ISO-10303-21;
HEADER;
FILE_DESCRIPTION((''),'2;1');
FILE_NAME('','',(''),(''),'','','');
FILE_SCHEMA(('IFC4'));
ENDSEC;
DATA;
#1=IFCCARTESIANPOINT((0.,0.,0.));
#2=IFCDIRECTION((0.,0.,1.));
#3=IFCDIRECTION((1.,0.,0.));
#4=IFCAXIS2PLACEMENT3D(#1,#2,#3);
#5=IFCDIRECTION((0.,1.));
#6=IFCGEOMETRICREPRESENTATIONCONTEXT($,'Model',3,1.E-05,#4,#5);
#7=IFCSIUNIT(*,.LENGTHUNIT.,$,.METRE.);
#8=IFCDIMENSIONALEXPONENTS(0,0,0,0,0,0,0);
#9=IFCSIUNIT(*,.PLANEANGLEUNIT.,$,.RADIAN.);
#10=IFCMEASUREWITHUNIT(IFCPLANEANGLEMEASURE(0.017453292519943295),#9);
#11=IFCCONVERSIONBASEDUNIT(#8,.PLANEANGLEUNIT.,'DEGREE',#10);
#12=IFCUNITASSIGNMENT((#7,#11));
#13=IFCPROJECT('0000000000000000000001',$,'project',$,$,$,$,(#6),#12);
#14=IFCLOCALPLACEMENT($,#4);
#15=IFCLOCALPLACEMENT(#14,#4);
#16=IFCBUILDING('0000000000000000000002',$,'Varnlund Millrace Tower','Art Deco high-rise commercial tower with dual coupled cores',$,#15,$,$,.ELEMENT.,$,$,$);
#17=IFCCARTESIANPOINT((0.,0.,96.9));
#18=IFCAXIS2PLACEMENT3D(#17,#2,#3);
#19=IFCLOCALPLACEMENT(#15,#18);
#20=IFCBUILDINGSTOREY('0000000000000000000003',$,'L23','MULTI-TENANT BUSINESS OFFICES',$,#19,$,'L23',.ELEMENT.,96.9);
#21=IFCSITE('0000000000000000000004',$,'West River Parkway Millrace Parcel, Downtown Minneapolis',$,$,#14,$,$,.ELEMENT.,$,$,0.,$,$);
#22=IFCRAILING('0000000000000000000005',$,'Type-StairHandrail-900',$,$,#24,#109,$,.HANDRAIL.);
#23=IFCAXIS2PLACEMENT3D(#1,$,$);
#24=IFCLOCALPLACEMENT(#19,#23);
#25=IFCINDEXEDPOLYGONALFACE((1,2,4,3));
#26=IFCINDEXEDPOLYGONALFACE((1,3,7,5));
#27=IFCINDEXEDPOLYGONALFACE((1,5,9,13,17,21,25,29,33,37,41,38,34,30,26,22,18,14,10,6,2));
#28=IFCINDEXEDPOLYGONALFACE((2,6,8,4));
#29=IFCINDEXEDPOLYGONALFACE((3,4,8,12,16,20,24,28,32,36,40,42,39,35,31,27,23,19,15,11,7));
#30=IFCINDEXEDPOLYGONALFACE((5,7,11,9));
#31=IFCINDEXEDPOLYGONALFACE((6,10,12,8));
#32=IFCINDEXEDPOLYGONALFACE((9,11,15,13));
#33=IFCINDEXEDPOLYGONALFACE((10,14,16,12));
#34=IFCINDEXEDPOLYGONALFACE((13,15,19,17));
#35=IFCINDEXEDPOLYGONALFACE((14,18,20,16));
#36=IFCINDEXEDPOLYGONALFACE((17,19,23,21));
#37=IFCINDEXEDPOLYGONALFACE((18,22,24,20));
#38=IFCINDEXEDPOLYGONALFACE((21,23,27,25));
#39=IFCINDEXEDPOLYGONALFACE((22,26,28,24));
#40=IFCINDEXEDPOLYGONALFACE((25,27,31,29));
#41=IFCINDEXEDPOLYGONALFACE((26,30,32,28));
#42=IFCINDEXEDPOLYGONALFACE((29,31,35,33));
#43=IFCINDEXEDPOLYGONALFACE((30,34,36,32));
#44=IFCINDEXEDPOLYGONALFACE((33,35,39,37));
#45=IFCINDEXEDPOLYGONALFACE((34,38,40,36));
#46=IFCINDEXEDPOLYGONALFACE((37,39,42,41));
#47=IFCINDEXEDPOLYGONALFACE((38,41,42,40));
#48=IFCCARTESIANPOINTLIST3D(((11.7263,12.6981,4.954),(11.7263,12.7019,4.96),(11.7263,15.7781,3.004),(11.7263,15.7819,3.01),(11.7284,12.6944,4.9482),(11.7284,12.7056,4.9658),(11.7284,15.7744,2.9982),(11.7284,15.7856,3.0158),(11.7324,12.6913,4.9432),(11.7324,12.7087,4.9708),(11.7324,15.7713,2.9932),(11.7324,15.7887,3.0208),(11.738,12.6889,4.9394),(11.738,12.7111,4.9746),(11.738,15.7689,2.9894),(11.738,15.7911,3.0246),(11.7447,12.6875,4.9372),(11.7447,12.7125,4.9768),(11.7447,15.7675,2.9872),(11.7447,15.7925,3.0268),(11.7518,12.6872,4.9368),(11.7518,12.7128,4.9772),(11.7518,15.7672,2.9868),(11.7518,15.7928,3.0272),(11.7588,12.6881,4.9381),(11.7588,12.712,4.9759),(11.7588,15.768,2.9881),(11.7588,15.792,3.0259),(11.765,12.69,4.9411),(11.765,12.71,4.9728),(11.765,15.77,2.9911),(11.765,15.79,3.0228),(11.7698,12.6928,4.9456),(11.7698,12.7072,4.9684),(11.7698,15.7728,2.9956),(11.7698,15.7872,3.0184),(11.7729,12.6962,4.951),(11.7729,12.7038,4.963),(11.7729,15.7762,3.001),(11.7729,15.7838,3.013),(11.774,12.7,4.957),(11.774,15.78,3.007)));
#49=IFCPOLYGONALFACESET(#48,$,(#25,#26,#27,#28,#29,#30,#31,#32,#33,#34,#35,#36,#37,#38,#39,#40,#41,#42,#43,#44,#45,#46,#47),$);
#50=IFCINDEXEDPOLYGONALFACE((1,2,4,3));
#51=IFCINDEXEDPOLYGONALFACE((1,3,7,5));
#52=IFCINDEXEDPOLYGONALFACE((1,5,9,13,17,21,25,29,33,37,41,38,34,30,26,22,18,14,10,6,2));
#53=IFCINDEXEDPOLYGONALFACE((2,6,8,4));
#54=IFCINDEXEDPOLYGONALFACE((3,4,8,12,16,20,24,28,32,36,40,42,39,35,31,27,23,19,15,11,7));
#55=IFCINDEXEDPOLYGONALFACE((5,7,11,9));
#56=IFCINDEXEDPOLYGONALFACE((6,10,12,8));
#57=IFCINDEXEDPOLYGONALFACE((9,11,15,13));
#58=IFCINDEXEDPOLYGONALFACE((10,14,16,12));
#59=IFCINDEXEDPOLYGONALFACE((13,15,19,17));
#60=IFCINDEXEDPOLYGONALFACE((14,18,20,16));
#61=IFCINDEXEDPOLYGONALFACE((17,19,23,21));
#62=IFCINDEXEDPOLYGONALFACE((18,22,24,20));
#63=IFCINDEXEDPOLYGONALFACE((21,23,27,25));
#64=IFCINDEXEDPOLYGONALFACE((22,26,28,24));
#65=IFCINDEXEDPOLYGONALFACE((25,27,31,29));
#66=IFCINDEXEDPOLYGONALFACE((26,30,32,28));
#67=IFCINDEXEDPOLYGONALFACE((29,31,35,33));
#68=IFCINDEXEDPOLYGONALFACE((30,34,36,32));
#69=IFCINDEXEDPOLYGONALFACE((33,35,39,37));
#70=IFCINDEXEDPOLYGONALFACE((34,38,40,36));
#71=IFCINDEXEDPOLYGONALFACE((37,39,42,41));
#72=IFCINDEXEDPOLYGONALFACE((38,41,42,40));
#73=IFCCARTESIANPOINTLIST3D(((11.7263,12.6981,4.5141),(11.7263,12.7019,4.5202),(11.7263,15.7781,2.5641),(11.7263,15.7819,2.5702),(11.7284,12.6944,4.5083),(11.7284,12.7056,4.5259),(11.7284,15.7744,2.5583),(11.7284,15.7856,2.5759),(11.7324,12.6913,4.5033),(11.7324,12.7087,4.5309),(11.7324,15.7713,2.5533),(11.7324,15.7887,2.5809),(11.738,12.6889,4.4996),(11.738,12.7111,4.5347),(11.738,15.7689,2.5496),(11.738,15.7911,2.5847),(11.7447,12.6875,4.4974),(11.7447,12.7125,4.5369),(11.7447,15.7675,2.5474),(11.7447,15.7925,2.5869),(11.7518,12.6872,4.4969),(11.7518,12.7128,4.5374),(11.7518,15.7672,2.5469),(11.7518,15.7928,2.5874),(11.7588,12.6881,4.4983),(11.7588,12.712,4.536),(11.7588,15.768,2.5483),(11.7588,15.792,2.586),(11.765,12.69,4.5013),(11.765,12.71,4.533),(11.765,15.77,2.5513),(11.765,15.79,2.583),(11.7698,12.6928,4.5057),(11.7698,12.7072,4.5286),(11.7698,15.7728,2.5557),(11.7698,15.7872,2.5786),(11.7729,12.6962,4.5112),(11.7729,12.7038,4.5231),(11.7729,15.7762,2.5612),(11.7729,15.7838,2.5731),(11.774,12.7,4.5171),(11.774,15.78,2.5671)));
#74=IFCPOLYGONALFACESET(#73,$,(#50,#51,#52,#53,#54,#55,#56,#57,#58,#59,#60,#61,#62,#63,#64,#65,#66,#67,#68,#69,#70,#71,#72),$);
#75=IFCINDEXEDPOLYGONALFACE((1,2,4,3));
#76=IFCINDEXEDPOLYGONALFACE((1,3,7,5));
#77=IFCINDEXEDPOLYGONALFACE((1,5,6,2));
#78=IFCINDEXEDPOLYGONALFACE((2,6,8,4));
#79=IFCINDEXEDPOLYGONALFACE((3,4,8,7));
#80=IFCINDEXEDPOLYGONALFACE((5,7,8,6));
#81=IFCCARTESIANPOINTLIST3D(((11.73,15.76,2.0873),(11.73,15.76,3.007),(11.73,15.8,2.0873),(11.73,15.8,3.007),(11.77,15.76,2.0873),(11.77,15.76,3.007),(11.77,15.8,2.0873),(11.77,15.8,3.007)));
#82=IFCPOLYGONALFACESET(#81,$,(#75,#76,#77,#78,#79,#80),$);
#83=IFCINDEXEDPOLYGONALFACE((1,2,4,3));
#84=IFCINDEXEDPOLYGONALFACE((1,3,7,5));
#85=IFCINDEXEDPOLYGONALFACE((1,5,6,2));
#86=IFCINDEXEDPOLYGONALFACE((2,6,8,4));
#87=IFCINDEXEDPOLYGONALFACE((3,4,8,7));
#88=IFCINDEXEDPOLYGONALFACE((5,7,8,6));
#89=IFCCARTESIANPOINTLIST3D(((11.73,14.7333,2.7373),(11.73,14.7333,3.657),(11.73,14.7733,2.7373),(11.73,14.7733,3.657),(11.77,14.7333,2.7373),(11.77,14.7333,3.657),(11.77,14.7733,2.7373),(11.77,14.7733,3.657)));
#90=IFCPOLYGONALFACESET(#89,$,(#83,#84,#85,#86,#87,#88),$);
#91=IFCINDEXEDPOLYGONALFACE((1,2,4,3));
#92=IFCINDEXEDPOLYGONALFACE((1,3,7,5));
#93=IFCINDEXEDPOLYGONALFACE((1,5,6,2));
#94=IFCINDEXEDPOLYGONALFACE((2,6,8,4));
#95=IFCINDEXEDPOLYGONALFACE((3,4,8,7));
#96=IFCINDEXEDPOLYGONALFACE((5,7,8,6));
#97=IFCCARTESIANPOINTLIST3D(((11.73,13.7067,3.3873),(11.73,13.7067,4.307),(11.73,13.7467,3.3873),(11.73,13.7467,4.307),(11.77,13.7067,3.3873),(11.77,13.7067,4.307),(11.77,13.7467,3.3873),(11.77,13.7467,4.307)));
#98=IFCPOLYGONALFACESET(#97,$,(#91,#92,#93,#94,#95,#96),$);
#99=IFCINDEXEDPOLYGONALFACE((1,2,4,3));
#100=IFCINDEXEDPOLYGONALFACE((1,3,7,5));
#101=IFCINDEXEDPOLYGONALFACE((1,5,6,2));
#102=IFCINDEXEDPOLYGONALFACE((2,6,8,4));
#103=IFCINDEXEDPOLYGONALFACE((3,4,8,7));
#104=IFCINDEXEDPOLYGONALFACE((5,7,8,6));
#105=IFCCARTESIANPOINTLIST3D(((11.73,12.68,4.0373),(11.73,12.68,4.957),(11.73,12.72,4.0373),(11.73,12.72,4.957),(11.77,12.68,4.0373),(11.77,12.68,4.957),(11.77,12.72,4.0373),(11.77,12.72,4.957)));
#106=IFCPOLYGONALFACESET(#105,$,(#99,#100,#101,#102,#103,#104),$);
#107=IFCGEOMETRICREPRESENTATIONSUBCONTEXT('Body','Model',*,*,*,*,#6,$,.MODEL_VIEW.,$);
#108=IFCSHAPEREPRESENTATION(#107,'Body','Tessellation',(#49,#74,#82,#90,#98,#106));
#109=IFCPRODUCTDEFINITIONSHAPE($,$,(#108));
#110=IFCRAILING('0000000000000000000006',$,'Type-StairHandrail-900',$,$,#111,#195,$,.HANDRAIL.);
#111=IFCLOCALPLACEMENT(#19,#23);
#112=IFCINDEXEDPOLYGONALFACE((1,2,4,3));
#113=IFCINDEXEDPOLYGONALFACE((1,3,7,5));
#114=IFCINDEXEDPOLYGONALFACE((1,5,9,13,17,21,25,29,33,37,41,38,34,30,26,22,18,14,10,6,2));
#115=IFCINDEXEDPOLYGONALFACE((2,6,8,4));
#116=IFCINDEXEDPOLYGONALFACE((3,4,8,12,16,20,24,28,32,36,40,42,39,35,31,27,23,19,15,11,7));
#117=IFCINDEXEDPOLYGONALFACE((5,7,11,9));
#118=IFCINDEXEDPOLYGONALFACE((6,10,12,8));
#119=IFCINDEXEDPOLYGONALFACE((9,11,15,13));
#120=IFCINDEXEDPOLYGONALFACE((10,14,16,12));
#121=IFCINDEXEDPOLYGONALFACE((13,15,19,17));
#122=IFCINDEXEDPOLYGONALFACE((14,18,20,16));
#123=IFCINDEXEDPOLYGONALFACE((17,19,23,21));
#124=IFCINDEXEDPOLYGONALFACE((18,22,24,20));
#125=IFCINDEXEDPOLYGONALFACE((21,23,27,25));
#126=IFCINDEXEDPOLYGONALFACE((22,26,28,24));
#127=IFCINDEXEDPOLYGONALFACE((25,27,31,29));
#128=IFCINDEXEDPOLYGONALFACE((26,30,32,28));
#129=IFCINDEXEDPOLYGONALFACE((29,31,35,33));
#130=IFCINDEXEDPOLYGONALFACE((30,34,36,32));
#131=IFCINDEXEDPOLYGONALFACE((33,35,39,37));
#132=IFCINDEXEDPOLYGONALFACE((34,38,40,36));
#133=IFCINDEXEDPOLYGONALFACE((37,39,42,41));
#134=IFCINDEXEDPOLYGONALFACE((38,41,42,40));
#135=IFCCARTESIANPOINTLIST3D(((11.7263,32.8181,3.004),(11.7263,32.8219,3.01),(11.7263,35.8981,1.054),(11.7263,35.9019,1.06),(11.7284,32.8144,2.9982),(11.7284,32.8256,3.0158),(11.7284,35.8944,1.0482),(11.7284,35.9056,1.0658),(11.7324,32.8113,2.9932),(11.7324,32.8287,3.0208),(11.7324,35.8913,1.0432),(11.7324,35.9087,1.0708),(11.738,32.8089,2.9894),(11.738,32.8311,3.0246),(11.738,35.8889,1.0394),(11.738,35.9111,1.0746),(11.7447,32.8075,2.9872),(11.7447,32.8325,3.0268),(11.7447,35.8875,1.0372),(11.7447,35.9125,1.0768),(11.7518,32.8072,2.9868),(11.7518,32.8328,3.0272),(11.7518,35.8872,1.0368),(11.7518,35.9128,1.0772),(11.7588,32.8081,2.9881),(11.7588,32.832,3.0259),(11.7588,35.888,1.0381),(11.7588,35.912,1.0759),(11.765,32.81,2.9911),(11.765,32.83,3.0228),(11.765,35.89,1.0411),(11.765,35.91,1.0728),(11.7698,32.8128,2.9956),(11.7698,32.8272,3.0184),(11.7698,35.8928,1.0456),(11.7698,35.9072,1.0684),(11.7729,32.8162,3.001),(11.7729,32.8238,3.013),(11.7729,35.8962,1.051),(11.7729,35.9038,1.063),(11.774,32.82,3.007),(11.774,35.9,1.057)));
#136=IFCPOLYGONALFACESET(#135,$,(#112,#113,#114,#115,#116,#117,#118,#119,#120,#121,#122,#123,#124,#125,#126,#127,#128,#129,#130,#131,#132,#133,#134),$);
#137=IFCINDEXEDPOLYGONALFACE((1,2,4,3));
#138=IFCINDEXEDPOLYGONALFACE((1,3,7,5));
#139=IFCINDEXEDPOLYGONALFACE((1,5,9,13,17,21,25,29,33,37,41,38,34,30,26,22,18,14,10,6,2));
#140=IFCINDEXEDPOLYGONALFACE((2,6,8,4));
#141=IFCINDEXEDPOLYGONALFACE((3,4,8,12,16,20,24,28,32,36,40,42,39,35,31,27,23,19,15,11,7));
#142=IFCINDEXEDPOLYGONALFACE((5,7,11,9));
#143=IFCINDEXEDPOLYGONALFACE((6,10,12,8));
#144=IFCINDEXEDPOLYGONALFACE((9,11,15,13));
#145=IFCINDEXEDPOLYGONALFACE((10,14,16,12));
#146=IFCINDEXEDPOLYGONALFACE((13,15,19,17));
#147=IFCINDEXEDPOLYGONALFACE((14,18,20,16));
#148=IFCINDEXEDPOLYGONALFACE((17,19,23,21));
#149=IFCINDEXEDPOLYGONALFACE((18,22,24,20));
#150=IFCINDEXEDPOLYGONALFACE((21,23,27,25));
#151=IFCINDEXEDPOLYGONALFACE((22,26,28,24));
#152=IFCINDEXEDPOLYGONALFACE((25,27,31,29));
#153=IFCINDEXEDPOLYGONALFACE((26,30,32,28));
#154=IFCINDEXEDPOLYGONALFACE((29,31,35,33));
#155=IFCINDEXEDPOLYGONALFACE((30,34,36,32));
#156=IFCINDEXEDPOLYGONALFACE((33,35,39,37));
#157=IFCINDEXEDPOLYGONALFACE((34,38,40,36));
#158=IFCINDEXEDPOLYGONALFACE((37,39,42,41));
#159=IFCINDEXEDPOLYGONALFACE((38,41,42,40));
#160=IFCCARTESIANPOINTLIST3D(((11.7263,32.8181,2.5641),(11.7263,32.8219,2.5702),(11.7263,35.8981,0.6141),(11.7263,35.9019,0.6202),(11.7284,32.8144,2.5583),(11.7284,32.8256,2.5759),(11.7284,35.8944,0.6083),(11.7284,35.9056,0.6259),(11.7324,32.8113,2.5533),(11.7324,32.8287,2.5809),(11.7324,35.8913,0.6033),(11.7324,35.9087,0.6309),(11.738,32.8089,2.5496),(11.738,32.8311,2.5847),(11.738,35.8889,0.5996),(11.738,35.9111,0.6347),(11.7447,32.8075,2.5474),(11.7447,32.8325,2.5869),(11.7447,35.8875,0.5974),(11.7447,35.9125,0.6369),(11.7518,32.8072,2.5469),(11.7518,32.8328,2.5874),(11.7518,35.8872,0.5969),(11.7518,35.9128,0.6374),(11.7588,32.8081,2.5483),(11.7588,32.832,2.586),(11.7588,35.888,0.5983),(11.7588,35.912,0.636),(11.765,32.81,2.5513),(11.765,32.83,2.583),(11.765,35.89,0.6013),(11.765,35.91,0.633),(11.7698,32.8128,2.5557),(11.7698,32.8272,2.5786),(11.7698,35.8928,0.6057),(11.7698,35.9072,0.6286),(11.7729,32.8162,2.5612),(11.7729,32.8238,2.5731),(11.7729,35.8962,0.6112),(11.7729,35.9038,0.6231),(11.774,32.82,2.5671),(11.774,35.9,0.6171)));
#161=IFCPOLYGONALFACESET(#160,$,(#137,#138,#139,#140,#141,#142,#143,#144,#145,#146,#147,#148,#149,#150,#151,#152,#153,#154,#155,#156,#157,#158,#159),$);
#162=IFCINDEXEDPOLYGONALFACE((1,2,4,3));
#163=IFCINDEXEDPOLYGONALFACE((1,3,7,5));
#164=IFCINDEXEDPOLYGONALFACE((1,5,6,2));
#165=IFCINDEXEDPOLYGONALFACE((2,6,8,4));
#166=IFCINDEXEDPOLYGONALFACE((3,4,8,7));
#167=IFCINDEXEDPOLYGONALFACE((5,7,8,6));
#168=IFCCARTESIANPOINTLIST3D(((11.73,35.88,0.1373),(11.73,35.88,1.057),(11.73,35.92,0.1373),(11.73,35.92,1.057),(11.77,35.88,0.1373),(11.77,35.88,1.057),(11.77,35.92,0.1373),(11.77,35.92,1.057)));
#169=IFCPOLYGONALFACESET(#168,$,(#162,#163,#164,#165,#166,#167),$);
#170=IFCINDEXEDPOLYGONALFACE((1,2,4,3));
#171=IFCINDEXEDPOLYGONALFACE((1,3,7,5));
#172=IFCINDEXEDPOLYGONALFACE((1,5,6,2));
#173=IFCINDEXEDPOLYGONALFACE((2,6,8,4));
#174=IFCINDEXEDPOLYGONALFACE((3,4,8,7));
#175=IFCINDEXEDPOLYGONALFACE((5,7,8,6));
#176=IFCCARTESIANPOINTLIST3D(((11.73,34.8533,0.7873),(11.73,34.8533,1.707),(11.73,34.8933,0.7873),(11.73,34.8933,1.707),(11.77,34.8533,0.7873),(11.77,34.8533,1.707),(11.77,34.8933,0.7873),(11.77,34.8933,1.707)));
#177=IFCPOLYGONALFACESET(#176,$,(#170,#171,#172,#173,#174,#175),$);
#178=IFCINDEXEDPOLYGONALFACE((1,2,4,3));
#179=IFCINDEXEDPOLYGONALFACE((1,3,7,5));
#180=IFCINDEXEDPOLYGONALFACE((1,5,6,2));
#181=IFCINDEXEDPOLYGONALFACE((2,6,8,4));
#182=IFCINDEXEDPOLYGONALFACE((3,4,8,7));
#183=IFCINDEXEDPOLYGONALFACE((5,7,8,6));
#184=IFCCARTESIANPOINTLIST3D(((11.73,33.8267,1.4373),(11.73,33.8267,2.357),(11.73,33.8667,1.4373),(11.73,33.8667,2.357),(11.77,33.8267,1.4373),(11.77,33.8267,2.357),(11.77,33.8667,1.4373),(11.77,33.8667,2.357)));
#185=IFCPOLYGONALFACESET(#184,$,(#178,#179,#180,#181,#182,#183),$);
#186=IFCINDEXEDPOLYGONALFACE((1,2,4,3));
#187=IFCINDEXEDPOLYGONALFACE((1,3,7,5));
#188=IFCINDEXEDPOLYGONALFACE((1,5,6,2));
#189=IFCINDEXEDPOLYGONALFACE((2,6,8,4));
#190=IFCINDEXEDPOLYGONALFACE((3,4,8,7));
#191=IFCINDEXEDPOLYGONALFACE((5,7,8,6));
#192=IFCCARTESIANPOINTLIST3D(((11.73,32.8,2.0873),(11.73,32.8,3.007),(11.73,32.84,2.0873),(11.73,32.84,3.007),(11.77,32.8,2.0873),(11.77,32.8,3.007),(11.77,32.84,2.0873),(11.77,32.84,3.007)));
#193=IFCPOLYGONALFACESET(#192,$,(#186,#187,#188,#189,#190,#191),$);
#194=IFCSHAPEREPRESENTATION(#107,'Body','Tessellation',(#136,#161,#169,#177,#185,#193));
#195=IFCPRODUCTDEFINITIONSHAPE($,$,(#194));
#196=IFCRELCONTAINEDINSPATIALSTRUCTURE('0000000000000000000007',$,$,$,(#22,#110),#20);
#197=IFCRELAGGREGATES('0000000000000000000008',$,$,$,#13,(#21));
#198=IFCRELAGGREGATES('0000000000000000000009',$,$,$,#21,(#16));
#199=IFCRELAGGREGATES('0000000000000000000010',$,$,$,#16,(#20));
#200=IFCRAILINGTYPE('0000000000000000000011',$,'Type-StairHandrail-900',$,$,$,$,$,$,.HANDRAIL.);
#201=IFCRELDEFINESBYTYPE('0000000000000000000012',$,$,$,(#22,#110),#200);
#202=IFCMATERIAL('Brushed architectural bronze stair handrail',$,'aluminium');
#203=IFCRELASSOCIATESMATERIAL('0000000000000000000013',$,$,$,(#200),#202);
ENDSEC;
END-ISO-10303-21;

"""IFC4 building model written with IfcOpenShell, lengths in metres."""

from ifc_helpers import new_model, entity, si_unit, converted_unit, direction, frame, origin_with_axes, origin_2d_with_axis, place, context, subcontext, project, spatial, rectangle, circle, extrude, material, type_object, element, save


model = new_model("IFC4")

# Units and contexts
model_context = context("Model", 3, precision=1e-05, world=origin_with_axes(), true_north=direction((0.0, 1.0)))
body_context = subcontext(model_context, "Body", "Model", "MODEL_VIEW")
ifc_project = project(units=[si_unit("LENGTHUNIT", "METRE"), converted_unit("PLANEANGLEUNIT", "DEGREE", entity("IfcPlaneAngleMeasure", 0.017453292519943295), si_unit("PLANEANGLEUNIT", "RADIAN"), dimensions=[0, 0, 0, 0, 0, 0, 0])], contexts=[model_context])

# Site, building, storey
site_placement = place(None, origin_with_axes())
site = spatial("IfcSite", under=ifc_project, at=site_placement, Name="West River Parkway Millrace Parcel, Downtown Minneapolis", CompositionType="ELEMENT", RefElevation=0.0)
building_placement = place(site_placement, origin_with_axes())
building = spatial("IfcBuilding", under=site, at=building_placement, Name="Varnlund Millrace Tower", Description="Art Deco high-rise commercial tower with dual coupled cores", CompositionType="ELEMENT")
storey_placement = place(building_placement, frame((0.0, 0.0, 96.9), z_axis=(0.0, 0.0, 1.0), x_axis=(1.0, 0.0, 0.0)))
storey = spatial("IfcBuildingStorey", under=building, at=storey_placement, Name="L23", Description="MULTI-TENANT BUSINESS OFFICES", LongName="L23", CompositionType="ELEMENT", Elevation=96.9)

# Railings
ifc_material_1 = material(Name="Brushed architectural bronze stair handrail", Category="aluminium")
railing_type_1 = type_object("IfcRailingType", Name="Type-StairHandrail-900", PredefinedType="HANDRAIL", material=ifc_material_1)
railing_1_placement = place(storey_placement, frame((0.0, 0.0, -96.9), z_axis=(0.0, 0.0, 1.0), x_axis=(1.0, 0.0, 0.0)))
element("IfcRailing", 1, at=railing_1_placement, inside=storey, type_object=railing_type_1, Name="Type-StairHandrail-900", PredefinedType="HANDRAIL", context=body_context, shape_type="SweptSolid", body=[
    extrude(circle(Radius=0.024, at=origin_2d_with_axis()), frame((11.75, 15.78, 99.907), z_axis=(0.0, -0.844902, 0.534922), x_axis=(1.0, 0.0, 0.0)), (0.0, 0.0, 1.0), 3.6454),
    extrude(circle(Radius=0.024, at=origin_2d_with_axis()), frame((11.75, 15.78, 99.4671), z_axis=(0.0, -0.844902, 0.534922), x_axis=(1.0, 0.0, 0.0)), (0.0, 0.0, 1.0), 3.6454),
    extrude(rectangle(XDim=0.04, YDim=0.04, at=origin_2d_with_axis()), frame((11.75, 15.78, 98.9873), z_axis=(0.0, 0.0, 1.0), x_axis=(1.0, 0.0, 0.0)), (0.0, 0.0, 1.0), 0.9197),
    extrude(rectangle(XDim=0.04, YDim=0.04, at=origin_2d_with_axis()), frame((11.75, 14.7533, 99.6373), z_axis=(0.0, 0.0, 1.0), x_axis=(1.0, 0.0, 0.0)), (0.0, 0.0, 1.0), 0.9197),
    extrude(rectangle(XDim=0.04, YDim=0.04, at=origin_2d_with_axis()), frame((11.75, 13.7267, 100.2873), z_axis=(0.0, 0.0, 1.0), x_axis=(1.0, 0.0, 0.0)), (0.0, 0.0, 1.0), 0.9197),
    extrude(rectangle(XDim=0.04, YDim=0.04, at=origin_2d_with_axis()), frame((11.75, 12.7, 100.9373), z_axis=(0.0, 0.0, 1.0), x_axis=(1.0, 0.0, 0.0)), (0.0, 0.0, 1.0), 0.9197),
])
railing_2_placement = place(storey_placement, frame((0.0, 0.0, -96.9), z_axis=(0.0, 0.0, 1.0), x_axis=(1.0, 0.0, 0.0)))
element("IfcRailing", 2, at=railing_2_placement, inside=storey, type_object=railing_type_1, Name="Type-StairHandrail-900", PredefinedType="HANDRAIL", context=body_context, shape_type="SweptSolid", body=[
    extrude(circle(Radius=0.024, at=origin_2d_with_axis()), frame((11.75, 35.9, 97.957), z_axis=(0.0, -0.844902, 0.534922), x_axis=(1.0, 0.0, 0.0)), (0.0, 0.0, 1.0), 3.6454),
    extrude(circle(Radius=0.024, at=origin_2d_with_axis()), frame((11.75, 35.9, 97.5171), z_axis=(0.0, -0.844902, 0.534922), x_axis=(1.0, 0.0, 0.0)), (0.0, 0.0, 1.0), 3.6454),
    extrude(rectangle(XDim=0.04, YDim=0.04, at=origin_2d_with_axis()), frame((11.75, 35.9, 97.0373), z_axis=(0.0, 0.0, 1.0), x_axis=(1.0, 0.0, 0.0)), (0.0, 0.0, 1.0), 0.9197),
    extrude(rectangle(XDim=0.04, YDim=0.04, at=origin_2d_with_axis()), frame((11.75, 34.8733, 97.6873), z_axis=(0.0, 0.0, 1.0), x_axis=(1.0, 0.0, 0.0)), (0.0, 0.0, 1.0), 0.9197),
    extrude(rectangle(XDim=0.04, YDim=0.04, at=origin_2d_with_axis()), frame((11.75, 33.8467, 98.3373), z_axis=(0.0, 0.0, 1.0), x_axis=(1.0, 0.0, 0.0)), (0.0, 0.0, 1.0), 0.9197),
    extrude(rectangle(XDim=0.04, YDim=0.04, at=origin_2d_with_axis()), frame((11.75, 32.82, 98.9873), z_axis=(0.0, 0.0, 1.0), x_axis=(1.0, 0.0, 0.0)), (0.0, 0.0, 1.0), 0.9197),
])

save(model, "model.ifc")
